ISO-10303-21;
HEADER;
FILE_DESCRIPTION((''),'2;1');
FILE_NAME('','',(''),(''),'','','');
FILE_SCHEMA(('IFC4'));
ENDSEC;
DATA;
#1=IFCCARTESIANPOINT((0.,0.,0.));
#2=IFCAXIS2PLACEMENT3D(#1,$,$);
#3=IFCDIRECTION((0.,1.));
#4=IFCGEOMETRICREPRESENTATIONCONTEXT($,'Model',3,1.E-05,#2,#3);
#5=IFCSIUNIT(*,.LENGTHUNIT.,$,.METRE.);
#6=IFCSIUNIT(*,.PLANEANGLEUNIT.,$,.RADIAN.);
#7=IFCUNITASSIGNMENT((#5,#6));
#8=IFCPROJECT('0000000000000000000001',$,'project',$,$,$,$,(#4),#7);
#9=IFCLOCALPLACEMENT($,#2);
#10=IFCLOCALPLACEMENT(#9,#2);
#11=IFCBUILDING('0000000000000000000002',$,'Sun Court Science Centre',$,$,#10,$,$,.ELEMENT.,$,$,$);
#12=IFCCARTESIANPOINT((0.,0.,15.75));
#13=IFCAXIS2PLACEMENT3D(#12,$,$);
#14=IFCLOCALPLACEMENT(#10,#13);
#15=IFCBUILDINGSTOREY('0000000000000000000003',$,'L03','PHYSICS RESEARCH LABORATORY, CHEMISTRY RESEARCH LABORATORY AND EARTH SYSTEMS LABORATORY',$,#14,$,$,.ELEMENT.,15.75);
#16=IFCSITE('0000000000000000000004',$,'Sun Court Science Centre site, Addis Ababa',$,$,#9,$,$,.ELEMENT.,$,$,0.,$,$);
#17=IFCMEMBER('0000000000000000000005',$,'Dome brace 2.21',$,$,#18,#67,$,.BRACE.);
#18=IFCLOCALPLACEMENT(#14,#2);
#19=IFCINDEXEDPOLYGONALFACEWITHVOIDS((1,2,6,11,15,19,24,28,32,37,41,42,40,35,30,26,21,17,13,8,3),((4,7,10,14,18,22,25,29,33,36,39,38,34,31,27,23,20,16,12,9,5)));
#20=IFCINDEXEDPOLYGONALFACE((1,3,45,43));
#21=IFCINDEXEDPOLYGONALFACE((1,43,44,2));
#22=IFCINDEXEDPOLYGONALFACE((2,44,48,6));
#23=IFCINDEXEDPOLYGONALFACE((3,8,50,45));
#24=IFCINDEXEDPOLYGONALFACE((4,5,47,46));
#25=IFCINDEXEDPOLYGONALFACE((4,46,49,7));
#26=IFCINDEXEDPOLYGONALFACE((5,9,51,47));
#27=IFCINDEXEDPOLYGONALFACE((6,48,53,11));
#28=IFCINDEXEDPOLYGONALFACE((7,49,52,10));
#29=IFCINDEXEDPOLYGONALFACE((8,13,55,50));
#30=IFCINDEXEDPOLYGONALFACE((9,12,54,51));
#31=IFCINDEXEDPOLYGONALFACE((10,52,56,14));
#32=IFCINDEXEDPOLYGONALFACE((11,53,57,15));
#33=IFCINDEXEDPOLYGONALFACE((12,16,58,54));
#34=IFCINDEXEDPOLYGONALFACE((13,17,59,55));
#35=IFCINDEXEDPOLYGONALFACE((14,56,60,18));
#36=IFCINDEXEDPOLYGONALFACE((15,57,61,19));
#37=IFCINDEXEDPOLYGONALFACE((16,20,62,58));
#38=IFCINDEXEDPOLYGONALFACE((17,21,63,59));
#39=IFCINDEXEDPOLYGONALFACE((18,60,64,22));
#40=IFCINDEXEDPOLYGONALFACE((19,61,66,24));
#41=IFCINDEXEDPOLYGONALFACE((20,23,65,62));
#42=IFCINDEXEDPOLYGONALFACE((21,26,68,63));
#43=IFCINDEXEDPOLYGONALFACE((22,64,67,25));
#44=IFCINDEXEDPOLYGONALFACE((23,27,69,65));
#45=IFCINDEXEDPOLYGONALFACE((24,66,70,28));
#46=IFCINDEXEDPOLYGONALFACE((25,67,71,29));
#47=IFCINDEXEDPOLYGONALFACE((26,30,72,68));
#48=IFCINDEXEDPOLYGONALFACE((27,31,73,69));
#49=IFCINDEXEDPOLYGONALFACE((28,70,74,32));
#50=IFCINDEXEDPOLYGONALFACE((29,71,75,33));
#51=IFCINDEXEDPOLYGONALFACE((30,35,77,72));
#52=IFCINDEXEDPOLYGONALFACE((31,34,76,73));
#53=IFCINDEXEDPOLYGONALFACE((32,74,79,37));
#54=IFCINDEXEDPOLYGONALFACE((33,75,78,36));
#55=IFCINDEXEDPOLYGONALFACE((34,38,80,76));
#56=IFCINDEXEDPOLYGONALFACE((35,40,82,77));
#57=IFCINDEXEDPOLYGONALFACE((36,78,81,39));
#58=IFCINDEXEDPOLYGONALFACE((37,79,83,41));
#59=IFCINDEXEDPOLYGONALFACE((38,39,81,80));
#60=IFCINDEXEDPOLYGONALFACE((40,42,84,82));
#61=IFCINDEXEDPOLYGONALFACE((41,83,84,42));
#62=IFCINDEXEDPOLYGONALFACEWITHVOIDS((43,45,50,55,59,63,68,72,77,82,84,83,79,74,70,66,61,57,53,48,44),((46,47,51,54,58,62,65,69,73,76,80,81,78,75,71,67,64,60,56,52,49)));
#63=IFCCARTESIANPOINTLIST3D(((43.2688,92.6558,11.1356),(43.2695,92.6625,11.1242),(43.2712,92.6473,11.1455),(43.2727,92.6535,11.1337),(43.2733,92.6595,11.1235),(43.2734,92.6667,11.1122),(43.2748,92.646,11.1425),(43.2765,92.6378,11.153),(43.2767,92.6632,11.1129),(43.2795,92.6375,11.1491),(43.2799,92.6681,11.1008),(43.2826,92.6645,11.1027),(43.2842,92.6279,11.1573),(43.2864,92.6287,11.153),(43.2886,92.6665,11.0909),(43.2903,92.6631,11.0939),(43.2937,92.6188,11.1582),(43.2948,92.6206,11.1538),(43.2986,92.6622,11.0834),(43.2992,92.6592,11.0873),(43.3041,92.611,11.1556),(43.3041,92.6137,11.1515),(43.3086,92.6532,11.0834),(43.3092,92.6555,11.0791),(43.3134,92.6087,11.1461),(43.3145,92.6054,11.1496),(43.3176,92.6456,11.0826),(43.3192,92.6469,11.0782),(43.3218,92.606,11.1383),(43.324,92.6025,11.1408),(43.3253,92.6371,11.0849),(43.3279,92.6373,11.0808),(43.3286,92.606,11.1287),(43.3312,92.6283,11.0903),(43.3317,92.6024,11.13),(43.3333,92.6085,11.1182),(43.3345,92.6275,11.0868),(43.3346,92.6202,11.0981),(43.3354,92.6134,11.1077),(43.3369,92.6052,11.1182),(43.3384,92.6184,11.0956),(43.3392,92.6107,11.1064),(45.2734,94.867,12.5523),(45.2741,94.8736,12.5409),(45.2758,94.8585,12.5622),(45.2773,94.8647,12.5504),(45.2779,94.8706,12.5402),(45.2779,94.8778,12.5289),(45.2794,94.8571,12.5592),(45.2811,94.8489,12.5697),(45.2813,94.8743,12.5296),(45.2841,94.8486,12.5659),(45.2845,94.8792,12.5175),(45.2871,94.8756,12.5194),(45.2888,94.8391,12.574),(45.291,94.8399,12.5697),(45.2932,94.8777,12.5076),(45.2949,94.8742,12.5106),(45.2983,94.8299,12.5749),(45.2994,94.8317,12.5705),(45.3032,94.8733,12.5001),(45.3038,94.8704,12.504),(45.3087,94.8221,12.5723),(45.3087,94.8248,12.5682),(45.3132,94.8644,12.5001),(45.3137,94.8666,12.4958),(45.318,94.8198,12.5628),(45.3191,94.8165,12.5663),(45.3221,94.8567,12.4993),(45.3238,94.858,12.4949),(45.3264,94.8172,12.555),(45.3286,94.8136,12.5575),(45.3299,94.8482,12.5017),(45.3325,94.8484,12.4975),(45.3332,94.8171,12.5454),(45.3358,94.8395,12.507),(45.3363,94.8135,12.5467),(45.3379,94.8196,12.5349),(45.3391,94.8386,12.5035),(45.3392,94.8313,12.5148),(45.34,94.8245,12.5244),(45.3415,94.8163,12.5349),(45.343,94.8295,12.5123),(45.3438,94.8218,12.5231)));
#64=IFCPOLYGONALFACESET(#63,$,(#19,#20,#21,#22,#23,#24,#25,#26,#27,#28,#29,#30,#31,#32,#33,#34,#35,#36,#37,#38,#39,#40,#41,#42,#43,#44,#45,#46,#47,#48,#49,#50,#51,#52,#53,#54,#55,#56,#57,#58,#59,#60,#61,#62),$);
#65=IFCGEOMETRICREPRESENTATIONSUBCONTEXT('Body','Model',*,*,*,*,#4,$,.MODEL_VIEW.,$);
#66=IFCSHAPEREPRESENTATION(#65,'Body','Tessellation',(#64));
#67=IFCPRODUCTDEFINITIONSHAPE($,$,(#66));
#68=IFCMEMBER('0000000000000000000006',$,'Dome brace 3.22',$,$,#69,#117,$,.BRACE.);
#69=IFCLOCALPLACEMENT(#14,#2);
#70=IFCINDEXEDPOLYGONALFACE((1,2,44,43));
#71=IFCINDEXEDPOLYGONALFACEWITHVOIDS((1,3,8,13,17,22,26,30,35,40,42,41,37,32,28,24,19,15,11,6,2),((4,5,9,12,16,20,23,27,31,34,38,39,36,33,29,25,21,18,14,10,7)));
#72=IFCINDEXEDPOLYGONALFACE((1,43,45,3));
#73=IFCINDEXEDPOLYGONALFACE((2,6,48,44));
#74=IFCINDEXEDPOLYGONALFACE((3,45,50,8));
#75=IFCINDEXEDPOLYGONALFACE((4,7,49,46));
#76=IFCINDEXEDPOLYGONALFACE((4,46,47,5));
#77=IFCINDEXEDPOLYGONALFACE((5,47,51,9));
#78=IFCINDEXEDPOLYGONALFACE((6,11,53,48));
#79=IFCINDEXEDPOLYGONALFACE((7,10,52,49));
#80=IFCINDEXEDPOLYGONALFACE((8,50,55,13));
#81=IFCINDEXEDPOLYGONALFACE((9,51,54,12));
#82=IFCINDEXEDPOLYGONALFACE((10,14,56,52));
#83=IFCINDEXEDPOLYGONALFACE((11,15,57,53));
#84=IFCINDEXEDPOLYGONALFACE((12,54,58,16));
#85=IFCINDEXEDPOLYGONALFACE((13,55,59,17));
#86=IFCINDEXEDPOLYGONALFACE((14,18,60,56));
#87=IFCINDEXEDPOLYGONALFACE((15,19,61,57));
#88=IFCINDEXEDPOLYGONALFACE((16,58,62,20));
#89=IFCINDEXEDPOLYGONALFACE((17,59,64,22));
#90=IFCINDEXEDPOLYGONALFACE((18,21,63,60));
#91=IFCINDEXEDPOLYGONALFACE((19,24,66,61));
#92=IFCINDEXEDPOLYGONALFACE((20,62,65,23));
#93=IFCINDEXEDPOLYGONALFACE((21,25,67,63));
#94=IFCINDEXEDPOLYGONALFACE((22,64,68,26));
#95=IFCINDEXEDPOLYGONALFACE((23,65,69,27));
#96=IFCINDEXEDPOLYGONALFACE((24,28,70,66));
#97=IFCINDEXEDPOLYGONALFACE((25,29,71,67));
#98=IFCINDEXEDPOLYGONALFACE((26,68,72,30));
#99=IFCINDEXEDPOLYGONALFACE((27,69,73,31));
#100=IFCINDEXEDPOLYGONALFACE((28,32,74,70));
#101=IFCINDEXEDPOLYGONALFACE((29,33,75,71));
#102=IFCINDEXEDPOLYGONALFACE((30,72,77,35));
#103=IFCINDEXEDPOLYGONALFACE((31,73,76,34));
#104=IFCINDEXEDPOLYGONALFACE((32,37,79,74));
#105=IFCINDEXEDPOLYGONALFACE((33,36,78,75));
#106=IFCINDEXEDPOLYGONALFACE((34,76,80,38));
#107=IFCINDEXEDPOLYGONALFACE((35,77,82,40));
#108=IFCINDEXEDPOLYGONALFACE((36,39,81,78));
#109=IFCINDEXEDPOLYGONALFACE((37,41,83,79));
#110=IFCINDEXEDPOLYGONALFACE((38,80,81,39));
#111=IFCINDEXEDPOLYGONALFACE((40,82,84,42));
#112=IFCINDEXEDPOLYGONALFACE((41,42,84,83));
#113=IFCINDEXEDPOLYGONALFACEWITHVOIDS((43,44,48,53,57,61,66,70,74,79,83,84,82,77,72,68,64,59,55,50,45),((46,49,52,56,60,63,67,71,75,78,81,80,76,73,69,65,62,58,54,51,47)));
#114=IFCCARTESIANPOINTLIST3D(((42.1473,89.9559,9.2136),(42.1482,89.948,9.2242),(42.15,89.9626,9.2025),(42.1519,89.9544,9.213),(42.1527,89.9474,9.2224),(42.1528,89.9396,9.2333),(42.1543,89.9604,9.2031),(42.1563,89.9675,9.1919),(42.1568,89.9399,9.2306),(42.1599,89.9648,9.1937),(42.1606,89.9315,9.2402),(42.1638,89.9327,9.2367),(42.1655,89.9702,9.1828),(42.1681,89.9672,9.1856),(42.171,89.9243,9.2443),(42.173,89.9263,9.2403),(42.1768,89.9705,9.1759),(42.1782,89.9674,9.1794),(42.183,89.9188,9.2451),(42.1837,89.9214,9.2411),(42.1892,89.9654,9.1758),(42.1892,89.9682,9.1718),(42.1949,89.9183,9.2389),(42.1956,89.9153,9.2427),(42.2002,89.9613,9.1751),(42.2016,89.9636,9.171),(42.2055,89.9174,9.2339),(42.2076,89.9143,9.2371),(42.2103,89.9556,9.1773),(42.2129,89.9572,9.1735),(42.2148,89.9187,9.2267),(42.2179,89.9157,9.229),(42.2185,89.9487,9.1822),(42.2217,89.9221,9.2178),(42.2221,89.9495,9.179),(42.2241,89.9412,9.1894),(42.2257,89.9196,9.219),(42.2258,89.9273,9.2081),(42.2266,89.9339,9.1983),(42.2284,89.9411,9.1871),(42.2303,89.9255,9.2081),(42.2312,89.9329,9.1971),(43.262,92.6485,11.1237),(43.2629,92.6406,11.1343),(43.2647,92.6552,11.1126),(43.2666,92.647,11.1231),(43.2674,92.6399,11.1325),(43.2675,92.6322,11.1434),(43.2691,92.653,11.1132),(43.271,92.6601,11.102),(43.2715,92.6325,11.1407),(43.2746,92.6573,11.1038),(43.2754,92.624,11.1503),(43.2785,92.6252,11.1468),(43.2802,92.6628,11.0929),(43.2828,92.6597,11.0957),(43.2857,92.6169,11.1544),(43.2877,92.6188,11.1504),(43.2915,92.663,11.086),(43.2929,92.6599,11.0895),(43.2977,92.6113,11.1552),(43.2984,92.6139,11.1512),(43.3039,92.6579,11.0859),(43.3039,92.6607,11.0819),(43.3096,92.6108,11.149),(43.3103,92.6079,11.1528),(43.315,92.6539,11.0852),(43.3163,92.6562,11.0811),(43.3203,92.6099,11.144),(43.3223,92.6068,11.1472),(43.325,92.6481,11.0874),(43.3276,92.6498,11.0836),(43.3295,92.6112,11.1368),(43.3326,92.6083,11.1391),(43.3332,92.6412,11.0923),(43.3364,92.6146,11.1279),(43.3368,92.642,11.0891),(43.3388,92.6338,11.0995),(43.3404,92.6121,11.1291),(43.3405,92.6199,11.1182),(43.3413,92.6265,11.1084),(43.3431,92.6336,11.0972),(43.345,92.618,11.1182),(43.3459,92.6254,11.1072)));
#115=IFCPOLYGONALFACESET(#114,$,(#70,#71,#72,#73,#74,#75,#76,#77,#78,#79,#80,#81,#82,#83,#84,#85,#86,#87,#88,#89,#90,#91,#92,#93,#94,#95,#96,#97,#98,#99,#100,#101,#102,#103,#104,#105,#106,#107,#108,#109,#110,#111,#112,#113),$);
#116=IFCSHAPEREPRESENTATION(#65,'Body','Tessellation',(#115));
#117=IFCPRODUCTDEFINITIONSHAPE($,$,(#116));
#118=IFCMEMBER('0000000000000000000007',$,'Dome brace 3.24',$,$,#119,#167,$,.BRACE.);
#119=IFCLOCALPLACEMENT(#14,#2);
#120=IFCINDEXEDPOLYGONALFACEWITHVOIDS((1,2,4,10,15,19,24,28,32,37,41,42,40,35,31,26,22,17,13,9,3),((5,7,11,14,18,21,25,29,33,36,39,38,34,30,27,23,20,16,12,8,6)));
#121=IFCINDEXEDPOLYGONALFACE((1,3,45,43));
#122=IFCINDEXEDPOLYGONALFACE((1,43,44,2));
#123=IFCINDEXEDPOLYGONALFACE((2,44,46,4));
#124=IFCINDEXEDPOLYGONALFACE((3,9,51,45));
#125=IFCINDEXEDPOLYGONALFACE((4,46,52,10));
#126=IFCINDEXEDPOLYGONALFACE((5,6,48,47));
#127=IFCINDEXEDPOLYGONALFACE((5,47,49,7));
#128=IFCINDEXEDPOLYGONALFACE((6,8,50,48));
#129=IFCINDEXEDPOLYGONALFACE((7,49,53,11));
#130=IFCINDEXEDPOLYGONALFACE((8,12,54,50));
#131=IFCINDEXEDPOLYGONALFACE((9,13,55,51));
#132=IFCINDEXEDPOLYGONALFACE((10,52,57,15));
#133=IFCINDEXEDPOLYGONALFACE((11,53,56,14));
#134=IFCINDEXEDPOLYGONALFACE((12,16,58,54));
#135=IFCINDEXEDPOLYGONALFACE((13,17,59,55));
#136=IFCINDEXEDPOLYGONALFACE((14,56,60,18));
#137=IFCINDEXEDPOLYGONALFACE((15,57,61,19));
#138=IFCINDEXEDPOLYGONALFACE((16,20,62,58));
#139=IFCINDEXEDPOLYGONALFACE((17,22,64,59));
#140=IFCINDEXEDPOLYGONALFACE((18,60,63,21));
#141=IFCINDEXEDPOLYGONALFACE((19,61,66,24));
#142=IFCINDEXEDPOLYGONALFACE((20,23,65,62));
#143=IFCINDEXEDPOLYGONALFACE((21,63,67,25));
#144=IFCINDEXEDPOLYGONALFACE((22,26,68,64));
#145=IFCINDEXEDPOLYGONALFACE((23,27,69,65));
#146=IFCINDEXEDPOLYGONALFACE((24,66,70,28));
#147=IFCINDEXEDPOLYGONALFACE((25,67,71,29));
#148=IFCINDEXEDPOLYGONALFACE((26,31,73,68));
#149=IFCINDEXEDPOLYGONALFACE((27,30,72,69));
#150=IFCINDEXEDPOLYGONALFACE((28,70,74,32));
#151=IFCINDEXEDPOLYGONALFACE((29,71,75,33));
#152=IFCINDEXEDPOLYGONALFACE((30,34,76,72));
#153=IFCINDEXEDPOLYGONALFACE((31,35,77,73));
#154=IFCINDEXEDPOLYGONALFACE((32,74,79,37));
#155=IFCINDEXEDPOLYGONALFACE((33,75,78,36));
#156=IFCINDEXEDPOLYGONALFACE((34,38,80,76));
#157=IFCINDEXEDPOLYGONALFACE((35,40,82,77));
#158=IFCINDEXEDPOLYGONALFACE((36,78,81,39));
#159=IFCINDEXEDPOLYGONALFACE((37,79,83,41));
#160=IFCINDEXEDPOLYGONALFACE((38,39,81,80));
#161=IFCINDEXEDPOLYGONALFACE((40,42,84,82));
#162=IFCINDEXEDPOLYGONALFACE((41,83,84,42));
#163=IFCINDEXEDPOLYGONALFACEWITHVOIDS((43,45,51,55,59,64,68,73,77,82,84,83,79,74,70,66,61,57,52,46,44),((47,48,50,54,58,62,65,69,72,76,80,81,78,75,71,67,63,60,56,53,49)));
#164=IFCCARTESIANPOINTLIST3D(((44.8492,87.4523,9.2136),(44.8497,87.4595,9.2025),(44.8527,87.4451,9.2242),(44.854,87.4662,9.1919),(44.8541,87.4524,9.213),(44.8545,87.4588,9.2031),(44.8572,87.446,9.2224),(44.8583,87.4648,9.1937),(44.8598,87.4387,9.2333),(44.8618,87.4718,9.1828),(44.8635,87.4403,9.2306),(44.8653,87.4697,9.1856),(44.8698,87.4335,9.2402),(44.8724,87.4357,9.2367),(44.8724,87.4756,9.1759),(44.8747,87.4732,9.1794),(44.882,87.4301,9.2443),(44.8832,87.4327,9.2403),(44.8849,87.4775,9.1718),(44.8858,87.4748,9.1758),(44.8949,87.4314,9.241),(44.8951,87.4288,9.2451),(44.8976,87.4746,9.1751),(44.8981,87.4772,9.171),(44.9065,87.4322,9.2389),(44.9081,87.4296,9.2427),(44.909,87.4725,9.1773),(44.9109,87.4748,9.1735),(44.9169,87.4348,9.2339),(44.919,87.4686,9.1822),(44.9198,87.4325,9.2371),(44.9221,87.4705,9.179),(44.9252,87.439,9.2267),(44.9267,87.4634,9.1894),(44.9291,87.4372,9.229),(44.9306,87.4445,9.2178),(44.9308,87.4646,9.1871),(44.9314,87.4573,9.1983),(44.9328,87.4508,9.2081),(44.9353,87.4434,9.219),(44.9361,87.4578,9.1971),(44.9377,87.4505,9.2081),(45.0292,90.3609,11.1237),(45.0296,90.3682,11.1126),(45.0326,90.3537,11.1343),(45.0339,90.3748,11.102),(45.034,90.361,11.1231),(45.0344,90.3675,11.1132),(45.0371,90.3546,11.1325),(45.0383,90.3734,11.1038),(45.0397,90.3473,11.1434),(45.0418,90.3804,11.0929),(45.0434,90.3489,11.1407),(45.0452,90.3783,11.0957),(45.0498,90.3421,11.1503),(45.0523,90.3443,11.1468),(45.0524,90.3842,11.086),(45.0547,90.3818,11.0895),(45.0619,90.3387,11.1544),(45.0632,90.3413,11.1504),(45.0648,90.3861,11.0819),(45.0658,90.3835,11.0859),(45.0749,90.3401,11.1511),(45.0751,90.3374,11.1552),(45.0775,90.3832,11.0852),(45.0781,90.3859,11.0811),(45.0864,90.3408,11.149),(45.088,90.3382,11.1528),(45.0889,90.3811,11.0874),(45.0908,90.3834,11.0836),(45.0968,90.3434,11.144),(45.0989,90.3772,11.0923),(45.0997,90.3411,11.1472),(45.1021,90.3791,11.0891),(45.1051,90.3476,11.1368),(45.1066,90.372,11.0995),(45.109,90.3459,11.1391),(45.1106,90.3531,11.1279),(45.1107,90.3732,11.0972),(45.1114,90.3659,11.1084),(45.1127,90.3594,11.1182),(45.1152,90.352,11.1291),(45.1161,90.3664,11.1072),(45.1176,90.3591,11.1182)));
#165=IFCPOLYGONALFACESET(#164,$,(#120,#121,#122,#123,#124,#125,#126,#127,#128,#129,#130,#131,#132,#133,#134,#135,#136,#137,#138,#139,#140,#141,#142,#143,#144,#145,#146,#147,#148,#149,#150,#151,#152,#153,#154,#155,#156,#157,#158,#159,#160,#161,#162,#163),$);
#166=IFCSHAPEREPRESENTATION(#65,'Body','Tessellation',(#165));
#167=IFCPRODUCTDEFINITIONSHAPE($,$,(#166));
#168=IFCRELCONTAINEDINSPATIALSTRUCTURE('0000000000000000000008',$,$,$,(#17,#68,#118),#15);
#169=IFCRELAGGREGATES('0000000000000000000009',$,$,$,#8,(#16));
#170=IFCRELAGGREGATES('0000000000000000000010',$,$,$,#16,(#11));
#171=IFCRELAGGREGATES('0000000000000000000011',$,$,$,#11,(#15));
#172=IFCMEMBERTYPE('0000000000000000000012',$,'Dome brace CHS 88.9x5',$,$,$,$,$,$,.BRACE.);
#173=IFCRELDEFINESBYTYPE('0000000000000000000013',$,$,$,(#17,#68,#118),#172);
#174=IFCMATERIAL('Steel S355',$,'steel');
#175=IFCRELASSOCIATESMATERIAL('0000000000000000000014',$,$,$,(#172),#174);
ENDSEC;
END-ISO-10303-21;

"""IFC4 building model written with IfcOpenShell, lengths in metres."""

from ifc_helpers import new_model, si_unit, direction, frame, origin, origin_2d, place, context, subcontext, project, spatial, hollow_circle, extrude, material, material_profile, profile_set, type_object, element, save


model = new_model("IFC4")

# Units and contexts
model_context = context("Model", 3, precision=1e-05, world=origin(), true_north=direction((0.0, 1.0)))
body_context = subcontext(model_context, "Body", "Model", "MODEL_VIEW")
ifc_project = project(units=[si_unit("LENGTHUNIT", "METRE"), si_unit("PLANEANGLEUNIT", "RADIAN")], contexts=[model_context])

# Site, building, storey
site_placement = place(None, origin())
site = spatial("IfcSite", under=ifc_project, at=site_placement, Name="Sun Court Science Centre site, Addis Ababa", CompositionType="ELEMENT", RefElevation=0.0)
building_placement = place(site_placement, origin())
building = spatial("IfcBuilding", under=site, at=building_placement, Name="Sun Court Science Centre", CompositionType="ELEMENT")
storey_placement = place(building_placement, frame((0.0, 0.0, 15.75)))
storey = spatial("IfcBuildingStorey", under=building, at=storey_placement, Name="L03", Description="PHYSICS RESEARCH LABORATORY, CHEMISTRY RESEARCH LABORATORY AND EARTH SYSTEMS LABORATORY", CompositionType="ELEMENT", Elevation=15.75)

# Members
ifc_material_1 = material(Name="Steel S355", Category="steel")
ifc_material_profile_1 = material_profile(ifc_material_1, hollow_circle(Radius=0.0444, WallThickness=0.0049, at=origin_2d()), Name="CHS 88.9x5")
ifc_profile_set_1 = profile_set([ifc_material_profile_1], Name="Steel S355")
member_type_1 = type_object("IfcMemberType", Name="Dome brace CHS 88.9x5", PredefinedType="BRACE", material=ifc_profile_set_1)
member_1_placement = place(storey_placement, frame((45.3086, 94.8462, 12.5349), z_axis=(-0.606768, -0.669285, -0.428824), x_axis=(0.740861, -0.671658, 0.0)))
element("IfcMember", 1, at=member_1_placement, inside=storey, type_object=member_type_1, Name="Dome brace 2.21", PredefinedType="BRACE", context=body_context, shape_type="SweptSolid", body=[
    extrude(hollow_circle(Radius=0.0444, WallThickness=0.0049, at=origin_2d()), origin(), (0.0, 0.0, 1.0), 3.3037),
])
for number, where, z_axis, x_axis, name in (
    (2, (43.304, 92.635, 11.1182), (-0.319918, -0.772749, -0.54819), (0.923949, -0.382515, 0.0), "Dome brace 3.22"),
    (3, (45.0732, 90.3618, 11.1182), (-0.051638, -0.834758, -0.548191), (0.998092, -0.061742, 0.0), "Dome brace 3.24"),
):
    element("IfcMember", number, at=place(storey_placement, frame(where, z_axis=z_axis, x_axis=x_axis)), inside=storey, type_object=member_type_1, Name=name, PredefinedType="BRACE", context=body_context, shape_type="SweptSolid", body=[
        extrude(hollow_circle(Radius=0.0444, WallThickness=0.0049, at=origin_2d()), origin(), (0.0, 0.0, 1.0), 3.4844),
    ])

save(model, "model.ifc")
